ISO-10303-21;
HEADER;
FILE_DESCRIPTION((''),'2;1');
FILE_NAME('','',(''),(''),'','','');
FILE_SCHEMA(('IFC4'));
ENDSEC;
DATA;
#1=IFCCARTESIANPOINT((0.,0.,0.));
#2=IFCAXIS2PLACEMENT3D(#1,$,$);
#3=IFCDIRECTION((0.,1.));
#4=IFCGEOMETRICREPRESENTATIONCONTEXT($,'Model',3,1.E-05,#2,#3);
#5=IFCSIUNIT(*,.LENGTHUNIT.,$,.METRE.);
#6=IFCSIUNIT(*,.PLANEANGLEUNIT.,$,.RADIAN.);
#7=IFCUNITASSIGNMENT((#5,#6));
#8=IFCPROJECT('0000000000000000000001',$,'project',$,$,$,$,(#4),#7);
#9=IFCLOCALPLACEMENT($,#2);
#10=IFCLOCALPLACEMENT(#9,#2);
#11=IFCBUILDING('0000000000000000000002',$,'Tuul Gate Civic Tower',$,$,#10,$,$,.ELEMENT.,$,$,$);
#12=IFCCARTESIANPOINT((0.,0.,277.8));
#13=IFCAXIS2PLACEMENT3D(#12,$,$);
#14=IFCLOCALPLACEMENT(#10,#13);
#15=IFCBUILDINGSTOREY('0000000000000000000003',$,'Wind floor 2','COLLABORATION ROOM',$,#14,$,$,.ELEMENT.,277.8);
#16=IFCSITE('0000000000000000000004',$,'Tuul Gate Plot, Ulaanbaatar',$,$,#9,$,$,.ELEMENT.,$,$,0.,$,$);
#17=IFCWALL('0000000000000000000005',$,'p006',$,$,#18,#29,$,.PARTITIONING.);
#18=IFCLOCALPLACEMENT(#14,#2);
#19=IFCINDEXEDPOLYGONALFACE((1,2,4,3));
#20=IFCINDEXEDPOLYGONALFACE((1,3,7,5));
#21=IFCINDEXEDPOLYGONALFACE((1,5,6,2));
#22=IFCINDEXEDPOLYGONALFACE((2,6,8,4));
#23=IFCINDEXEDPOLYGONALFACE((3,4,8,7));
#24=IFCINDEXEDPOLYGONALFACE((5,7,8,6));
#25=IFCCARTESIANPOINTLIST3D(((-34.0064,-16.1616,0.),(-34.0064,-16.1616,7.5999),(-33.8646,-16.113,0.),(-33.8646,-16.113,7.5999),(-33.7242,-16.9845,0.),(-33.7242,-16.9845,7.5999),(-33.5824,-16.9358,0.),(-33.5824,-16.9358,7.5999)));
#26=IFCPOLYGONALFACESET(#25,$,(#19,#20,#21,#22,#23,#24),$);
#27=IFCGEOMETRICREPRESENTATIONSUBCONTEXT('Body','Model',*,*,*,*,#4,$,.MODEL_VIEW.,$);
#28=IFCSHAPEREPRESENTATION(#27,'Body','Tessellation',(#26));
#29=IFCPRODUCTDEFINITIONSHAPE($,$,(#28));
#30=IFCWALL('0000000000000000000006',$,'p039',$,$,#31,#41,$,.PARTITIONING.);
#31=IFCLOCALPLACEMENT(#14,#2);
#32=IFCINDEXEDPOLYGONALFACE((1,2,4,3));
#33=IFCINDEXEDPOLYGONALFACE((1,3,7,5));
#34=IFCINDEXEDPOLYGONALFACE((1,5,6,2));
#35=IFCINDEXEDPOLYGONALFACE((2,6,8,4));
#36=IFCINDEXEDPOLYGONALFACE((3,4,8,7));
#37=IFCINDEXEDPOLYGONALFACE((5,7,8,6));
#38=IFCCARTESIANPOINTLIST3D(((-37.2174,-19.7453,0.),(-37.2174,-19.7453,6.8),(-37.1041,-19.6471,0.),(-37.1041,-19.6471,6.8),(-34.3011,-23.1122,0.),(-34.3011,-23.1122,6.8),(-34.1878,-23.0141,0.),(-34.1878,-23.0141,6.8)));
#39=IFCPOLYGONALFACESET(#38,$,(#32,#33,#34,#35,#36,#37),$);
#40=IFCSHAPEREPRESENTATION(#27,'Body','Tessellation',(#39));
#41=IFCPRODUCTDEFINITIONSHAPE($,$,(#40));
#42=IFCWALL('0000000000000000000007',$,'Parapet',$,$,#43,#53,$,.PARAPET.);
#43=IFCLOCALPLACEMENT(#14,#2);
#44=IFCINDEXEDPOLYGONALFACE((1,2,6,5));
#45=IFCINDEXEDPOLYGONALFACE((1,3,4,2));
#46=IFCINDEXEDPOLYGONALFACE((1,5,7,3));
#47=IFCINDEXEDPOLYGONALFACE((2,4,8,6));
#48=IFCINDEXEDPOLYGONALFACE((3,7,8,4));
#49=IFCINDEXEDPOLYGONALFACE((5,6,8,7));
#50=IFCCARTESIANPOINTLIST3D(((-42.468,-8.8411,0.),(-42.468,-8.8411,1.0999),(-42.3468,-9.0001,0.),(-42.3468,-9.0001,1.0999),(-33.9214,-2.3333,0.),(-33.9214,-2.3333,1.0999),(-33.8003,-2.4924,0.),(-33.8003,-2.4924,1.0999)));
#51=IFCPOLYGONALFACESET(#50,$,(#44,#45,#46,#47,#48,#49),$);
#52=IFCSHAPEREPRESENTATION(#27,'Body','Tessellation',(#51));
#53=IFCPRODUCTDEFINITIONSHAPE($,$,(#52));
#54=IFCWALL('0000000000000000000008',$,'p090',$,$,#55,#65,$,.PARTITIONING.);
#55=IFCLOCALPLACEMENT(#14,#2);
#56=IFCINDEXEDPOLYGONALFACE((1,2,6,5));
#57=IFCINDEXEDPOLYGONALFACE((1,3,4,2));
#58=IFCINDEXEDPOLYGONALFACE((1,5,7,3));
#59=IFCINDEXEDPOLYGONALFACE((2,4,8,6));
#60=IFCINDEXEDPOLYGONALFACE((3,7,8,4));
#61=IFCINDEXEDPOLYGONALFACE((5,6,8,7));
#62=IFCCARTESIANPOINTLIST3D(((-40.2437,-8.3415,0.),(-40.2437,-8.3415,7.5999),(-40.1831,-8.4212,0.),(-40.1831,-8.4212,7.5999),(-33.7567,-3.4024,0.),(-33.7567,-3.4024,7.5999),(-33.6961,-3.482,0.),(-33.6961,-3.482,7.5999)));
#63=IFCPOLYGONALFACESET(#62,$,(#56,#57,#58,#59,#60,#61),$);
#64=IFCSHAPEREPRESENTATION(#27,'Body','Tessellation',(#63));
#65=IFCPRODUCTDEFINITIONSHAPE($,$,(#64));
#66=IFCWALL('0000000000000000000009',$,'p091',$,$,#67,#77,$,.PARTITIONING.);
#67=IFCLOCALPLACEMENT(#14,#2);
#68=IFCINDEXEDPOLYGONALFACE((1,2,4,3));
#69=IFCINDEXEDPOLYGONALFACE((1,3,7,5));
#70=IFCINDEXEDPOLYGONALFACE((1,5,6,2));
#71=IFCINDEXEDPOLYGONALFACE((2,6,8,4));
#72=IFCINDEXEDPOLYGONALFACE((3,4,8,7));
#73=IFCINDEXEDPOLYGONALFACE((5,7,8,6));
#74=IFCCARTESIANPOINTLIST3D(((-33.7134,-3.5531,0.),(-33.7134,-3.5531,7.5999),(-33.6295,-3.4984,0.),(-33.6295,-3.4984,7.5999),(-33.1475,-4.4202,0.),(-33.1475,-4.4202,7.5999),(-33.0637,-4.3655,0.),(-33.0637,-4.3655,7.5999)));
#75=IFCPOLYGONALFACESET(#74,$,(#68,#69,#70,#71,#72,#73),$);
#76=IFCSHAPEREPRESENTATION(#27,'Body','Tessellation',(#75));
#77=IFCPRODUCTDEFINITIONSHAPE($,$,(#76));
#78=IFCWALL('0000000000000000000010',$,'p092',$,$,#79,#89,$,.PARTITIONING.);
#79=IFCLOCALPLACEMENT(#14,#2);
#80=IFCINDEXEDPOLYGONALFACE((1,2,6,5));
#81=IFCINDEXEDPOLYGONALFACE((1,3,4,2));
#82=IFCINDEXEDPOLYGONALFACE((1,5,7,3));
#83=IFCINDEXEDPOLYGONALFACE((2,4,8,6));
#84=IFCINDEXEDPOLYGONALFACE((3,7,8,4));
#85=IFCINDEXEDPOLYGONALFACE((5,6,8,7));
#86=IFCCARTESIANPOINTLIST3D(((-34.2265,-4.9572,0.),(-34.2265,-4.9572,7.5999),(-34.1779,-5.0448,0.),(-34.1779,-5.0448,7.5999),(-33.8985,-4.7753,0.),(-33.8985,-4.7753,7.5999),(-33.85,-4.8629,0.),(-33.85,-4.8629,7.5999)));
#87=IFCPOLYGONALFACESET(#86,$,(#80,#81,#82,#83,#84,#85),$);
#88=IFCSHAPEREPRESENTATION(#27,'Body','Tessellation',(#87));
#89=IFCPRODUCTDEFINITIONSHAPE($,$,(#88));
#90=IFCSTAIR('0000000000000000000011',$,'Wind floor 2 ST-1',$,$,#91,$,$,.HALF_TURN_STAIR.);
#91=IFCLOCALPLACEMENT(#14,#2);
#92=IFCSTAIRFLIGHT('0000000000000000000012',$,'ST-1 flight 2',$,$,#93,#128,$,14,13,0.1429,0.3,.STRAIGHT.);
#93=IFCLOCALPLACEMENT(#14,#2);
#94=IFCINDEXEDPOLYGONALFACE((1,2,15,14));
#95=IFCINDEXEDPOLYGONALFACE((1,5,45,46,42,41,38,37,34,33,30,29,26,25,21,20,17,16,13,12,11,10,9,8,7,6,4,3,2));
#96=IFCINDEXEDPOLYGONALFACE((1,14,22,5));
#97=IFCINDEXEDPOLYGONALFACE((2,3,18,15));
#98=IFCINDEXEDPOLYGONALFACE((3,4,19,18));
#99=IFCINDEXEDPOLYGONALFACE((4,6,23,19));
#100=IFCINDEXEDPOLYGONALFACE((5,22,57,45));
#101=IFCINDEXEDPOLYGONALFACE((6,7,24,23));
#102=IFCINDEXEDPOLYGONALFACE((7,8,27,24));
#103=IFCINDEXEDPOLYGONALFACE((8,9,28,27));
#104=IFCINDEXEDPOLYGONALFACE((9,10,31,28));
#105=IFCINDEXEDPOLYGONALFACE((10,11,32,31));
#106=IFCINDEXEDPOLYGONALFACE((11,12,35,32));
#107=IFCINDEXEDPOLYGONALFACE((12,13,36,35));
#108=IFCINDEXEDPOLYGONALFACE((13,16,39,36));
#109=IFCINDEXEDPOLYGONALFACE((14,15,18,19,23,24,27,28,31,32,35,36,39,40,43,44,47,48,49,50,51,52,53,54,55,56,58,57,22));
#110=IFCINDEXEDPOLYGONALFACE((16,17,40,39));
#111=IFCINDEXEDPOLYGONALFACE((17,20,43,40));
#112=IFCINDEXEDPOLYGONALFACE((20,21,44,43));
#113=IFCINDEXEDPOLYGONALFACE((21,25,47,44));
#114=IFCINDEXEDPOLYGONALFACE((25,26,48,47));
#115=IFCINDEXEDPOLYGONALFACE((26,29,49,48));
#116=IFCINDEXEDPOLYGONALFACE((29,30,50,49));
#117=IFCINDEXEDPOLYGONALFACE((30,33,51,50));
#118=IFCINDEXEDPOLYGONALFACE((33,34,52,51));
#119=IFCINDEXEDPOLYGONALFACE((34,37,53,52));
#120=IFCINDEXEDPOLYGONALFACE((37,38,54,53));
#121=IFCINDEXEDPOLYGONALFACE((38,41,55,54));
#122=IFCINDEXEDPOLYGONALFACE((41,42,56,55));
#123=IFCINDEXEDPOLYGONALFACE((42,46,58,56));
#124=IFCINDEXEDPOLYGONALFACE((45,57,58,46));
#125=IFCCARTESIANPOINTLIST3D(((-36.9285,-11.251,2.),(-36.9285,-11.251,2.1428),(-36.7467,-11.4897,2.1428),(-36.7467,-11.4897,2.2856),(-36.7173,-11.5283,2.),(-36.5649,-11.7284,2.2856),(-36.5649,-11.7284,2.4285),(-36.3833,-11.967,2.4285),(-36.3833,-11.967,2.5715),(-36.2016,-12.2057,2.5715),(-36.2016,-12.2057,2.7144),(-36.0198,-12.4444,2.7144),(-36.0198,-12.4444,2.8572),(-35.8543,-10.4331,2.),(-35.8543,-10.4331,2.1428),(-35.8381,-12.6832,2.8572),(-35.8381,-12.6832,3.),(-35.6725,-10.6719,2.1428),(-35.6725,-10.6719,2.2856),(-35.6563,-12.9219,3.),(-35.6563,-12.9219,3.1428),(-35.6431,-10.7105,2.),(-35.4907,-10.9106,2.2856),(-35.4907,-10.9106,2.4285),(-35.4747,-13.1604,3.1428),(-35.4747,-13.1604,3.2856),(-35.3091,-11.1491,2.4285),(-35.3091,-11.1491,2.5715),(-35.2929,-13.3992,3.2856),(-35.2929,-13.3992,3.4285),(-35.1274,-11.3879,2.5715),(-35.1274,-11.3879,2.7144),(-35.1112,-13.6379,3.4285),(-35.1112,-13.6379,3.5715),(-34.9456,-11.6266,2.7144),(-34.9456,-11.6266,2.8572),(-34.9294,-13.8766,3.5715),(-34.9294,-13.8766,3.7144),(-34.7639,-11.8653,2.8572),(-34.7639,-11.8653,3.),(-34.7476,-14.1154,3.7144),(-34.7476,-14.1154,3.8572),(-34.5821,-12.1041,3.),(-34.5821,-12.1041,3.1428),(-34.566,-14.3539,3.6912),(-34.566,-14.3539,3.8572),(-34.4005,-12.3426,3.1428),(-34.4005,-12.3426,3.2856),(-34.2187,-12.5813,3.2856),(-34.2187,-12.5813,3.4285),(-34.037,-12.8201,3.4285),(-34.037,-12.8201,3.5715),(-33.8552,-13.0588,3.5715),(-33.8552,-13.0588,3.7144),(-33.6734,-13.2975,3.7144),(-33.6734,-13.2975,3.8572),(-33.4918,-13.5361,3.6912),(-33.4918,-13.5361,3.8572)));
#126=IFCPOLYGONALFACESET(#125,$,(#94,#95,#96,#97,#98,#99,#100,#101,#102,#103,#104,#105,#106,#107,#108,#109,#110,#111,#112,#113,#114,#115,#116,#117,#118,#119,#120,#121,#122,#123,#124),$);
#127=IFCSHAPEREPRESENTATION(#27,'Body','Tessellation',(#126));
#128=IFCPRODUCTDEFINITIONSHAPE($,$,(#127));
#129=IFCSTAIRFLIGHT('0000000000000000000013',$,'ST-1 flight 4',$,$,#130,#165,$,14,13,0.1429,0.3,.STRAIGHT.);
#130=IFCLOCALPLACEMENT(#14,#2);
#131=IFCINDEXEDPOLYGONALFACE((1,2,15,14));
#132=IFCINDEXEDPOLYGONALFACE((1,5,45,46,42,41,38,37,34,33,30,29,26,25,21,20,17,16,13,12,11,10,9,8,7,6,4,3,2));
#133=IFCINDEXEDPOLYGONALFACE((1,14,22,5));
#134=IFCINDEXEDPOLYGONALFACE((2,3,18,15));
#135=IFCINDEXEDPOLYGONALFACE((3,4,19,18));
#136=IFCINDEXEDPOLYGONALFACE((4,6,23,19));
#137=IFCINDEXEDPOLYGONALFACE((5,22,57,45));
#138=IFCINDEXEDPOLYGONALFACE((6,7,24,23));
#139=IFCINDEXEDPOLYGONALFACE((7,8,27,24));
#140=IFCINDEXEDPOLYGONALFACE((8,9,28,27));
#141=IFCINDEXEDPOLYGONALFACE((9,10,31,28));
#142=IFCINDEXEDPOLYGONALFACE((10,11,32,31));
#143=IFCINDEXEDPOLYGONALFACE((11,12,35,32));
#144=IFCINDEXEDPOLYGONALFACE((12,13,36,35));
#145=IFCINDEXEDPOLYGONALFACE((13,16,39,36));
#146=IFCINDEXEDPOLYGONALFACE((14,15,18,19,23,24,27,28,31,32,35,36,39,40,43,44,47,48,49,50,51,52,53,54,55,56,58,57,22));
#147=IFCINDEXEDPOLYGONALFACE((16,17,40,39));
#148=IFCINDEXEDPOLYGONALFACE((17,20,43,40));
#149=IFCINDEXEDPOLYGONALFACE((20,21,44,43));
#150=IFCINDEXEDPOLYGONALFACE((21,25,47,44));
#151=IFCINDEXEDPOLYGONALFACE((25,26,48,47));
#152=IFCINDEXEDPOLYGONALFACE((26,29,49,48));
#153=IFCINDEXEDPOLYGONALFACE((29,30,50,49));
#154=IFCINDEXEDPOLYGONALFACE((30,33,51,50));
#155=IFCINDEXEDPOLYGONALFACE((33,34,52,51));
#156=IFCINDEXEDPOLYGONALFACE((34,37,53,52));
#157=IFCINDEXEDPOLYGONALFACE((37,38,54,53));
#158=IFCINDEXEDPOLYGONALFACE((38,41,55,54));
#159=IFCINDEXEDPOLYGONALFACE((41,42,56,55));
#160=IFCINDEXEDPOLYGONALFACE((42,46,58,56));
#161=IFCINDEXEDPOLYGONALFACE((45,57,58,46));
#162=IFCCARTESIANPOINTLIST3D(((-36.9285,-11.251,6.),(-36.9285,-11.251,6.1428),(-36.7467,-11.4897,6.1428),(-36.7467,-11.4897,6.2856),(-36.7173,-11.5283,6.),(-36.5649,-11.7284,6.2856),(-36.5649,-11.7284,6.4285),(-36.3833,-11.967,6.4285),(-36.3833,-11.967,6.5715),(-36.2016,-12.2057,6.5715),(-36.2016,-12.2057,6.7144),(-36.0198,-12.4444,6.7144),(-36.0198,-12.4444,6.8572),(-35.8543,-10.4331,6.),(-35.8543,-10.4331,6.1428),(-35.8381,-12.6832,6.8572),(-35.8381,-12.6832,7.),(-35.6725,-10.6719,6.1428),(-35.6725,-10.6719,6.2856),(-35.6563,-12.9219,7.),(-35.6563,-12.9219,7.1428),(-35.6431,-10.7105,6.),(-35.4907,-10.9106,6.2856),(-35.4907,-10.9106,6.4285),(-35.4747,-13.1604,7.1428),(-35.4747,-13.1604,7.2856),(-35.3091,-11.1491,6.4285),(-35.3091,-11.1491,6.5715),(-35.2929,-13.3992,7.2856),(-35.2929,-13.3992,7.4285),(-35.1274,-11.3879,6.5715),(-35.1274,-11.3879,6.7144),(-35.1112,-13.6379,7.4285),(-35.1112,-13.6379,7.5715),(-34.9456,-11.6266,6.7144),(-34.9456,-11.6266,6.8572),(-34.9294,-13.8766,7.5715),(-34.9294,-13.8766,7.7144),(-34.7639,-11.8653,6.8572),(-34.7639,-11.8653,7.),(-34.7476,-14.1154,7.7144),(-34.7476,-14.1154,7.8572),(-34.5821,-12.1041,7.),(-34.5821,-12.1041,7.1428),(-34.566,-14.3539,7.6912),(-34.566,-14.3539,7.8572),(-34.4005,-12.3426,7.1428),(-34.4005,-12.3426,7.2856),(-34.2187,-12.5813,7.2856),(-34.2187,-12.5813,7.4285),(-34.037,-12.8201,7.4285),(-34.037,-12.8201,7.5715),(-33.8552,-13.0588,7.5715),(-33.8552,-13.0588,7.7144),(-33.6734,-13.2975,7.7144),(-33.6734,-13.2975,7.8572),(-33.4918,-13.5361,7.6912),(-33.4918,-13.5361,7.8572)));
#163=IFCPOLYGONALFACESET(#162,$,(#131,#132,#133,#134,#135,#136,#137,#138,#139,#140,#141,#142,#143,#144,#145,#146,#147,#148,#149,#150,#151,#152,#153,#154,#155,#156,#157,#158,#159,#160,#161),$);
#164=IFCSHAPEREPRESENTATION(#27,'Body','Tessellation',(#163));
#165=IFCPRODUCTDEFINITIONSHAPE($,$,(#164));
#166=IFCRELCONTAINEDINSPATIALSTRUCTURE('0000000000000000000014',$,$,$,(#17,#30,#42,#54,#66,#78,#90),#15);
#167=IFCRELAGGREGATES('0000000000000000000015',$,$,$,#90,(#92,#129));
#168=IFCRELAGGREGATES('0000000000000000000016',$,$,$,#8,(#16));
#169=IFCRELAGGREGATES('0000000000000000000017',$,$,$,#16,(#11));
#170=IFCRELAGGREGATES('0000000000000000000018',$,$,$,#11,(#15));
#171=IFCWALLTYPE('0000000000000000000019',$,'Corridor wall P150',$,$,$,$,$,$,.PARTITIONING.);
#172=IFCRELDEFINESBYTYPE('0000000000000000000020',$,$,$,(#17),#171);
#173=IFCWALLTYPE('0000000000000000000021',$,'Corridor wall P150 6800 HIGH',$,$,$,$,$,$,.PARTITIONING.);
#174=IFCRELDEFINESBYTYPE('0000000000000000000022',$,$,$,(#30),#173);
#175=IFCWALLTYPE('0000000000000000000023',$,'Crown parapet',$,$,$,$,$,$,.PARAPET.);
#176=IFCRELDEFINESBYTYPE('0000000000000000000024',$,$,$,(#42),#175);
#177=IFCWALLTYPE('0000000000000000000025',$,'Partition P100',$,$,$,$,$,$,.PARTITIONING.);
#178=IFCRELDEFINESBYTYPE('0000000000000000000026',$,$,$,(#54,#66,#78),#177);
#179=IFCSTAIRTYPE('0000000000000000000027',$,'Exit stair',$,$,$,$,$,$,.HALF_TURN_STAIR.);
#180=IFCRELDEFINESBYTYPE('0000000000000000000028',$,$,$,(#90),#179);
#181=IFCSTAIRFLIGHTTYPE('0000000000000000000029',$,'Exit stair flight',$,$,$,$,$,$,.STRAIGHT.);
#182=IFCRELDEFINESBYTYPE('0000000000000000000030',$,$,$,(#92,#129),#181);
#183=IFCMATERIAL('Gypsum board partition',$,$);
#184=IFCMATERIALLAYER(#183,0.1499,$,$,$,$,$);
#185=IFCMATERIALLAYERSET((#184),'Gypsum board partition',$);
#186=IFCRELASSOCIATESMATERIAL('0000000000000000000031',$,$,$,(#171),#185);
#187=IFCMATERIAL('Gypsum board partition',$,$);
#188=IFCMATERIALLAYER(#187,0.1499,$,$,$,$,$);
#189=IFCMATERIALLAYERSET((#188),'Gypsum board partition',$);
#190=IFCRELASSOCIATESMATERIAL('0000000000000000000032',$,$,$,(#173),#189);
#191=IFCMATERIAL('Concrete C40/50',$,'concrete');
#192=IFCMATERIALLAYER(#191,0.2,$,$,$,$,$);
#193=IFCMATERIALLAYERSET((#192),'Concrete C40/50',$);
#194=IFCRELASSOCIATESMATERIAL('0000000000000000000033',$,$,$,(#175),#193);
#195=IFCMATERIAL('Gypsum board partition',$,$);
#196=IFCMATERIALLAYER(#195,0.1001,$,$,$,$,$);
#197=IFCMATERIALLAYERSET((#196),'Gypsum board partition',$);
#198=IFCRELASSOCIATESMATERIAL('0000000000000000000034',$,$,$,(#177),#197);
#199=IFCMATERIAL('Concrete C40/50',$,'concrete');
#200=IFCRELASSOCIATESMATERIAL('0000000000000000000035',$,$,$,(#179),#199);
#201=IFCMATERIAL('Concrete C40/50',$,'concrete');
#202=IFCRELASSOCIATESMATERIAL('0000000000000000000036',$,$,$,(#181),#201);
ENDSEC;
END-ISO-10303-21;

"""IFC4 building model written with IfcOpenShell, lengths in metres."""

from ifc_helpers import new_model, si_unit, direction, frame, frame_2d, origin, place, context, subcontext, project, spatial, polyline, rectangle, outline, extrude, material, layer, layer_set, type_object, element, aggregate, save


model = new_model("IFC4")

# Units and contexts
model_context = context("Model", 3, precision=1e-05, world=origin(), true_north=direction((0.0, 1.0)))
body_context = subcontext(model_context, "Body", "Model", "MODEL_VIEW")
ifc_project = project(units=[si_unit("LENGTHUNIT", "METRE"), si_unit("PLANEANGLEUNIT", "RADIAN")], contexts=[model_context])

# Site, building, storey
site_placement = place(None, origin())
site = spatial("IfcSite", under=ifc_project, at=site_placement, Name="Tuul Gate Plot, Ulaanbaatar", CompositionType="ELEMENT", RefElevation=0.0)
building_placement = place(site_placement, origin())
building = spatial("IfcBuilding", under=site, at=building_placement, Name="Tuul Gate Civic Tower", CompositionType="ELEMENT")
storey_placement = place(building_placement, frame((0.0, 0.0, 277.8)))
storey = spatial("IfcBuildingStorey", under=building, at=storey_placement, Name="Wind floor 2", Description="COLLABORATION ROOM", CompositionType="ELEMENT", Elevation=277.8)

# Walls
ifc_material_1 = material(Name="Gypsum board partition")
ifc_layer_1 = layer(ifc_material_1, 0.1499)
ifc_layer_set_1 = layer_set([ifc_layer_1], Name="Gypsum board partition")
wall_type_1 = type_object("IfcWallType", Name="Corridor wall P150", PredefinedType="PARTITIONING", material=ifc_layer_set_1)
wall_1_placement = place(storey_placement, frame((-33.9355, -16.1372, 0.0), z_axis=(0.0, 0.0, 1.0), x_axis=(0.324468, -0.945897, 0.0)))
element("IfcWall", 1, at=wall_1_placement, inside=storey, type_object=wall_type_1, Name="p006", PredefinedType="PARTITIONING", context=body_context, shape_type="SweptSolid", body=[
    extrude(rectangle(XDim=0.8699, YDim=0.1499, at=frame_2d((0.4351, 0.0))), origin(), (0.0, 0.0, 1.0), 7.5999),
])
ifc_material_2 = material(Name="Gypsum board partition")
ifc_layer_2 = layer(ifc_material_2, 0.1499)
ifc_layer_set_2 = layer_set([ifc_layer_2], Name="Gypsum board partition")
wall_type_2 = type_object("IfcWallType", Name="Corridor wall P150 6800 HIGH", PredefinedType="PARTITIONING", material=ifc_layer_set_2)
wall_2_placement = place(storey_placement, frame((-37.1606, -19.6963, 0.0), z_axis=(0.0, 0.0, 1.0), x_axis=(0.654705, -0.755884, 0.0)))
element("IfcWall", 2, at=wall_2_placement, inside=storey, type_object=wall_type_2, Name="p039", PredefinedType="PARTITIONING", context=body_context, shape_type="SweptSolid", body=[
    extrude(rectangle(XDim=4.4543, YDim=0.1499, at=frame_2d((2.2271, 0.0))), origin(), (0.0, 0.0, 1.0), 6.8),
])
ifc_material_3 = material(Name="Concrete C40/50", Category="concrete")
ifc_layer_3 = layer(ifc_material_3, 0.2)
ifc_layer_set_3 = layer_set([ifc_layer_3], Name="Concrete C40/50")
wall_type_3 = type_object("IfcWallType", Name="Crown parapet", PredefinedType="PARAPET", material=ifc_layer_set_3)
wall_3_placement = place(storey_placement, frame((-33.8608, -2.4128, 0.0), z_axis=(0.0, 0.0, 1.0), x_axis=(-0.795607, -0.605813, 0.0)))
element("IfcWall", 3, at=wall_3_placement, inside=storey, type_object=wall_type_3, Name="Parapet", PredefinedType="PARAPET", context=body_context, shape_type="SweptSolid", body=[
    extrude(rectangle(XDim=10.7422, YDim=0.2, at=frame_2d((5.3711, 0.0))), origin(), (0.0, 0.0, 1.0), 1.0999),
])
ifc_material_4 = material(Name="Gypsum board partition")
ifc_layer_4 = layer(ifc_material_4, 0.1001)
ifc_layer_set_4 = layer_set([ifc_layer_4], Name="Gypsum board partition")
wall_type_4 = type_object("IfcWallType", Name="Partition P100", PredefinedType="PARTITIONING", material=ifc_layer_set_4)
wall_4_placement = place(storey_placement, frame((-40.2134, -8.3813, 0.0), z_axis=(0.0, 0.0, 1.0), x_axis=(0.795628, 0.605786, 0.0)))
element("IfcWall", 4, at=wall_4_placement, inside=storey, type_object=wall_type_4, Name="p090", PredefinedType="PARTITIONING", context=body_context, shape_type="SweptSolid", body=[
    extrude(rectangle(XDim=8.1533, YDim=0.1001, at=frame_2d((4.0767, 0.0))), origin(), (0.0, 0.0, 1.0), 7.5999),
])
wall_5_placement = place(storey_placement, frame((-33.6714, -3.5259, 0.0), z_axis=(0.0, 0.0, 1.0), x_axis=(0.546512, -0.837451, 0.0)))
element("IfcWall", 5, at=wall_5_placement, inside=storey, type_object=wall_type_4, Name="p091", PredefinedType="PARTITIONING", context=body_context, shape_type="SweptSolid", body=[
    extrude(rectangle(XDim=1.0354, YDim=0.1001, at=frame_2d((0.5176, 0.0))), origin(), (0.0, 0.0, 1.0), 7.5999),
])
wall_6_placement = place(storey_placement, frame((-33.8743, -4.8191, 0.0), z_axis=(0.0, 0.0, 1.0), x_axis=(-0.874464, -0.48509, 0.0)))
element("IfcWall", 6, at=wall_6_placement, inside=storey, type_object=wall_type_4, Name="p092", PredefinedType="PARTITIONING", context=body_context, shape_type="SweptSolid", body=[
    extrude(rectangle(XDim=0.375, YDim=0.1001, at=frame_2d((0.1875, 0.0))), origin(), (0.0, 0.0, 1.0), 7.5999),
])

# Stair, stair flights
ifc_material_5 = material(Name="Concrete C40/50", Category="concrete")
stair_type = type_object("IfcStairType", Name="Exit stair", PredefinedType="HALF_TURN_STAIR", material=ifc_material_5)
stair_placement = place(storey_placement, origin())
stair = element("IfcStair", 7, at=stair_placement, inside=storey, type_object=stair_type, Name="Wind floor 2 ST-1", PredefinedType="HALF_TURN_STAIR")
ifc_material_6 = material(Name="Concrete C40/50", Category="concrete")
stair_flight_type = type_object("IfcStairFlightType", Name="Exit stair flight", PredefinedType="STRAIGHT", material=ifc_material_6)
stair_flight_1_placement = place(storey_placement, frame((-36.3914, -10.842, 2.0), z_axis=(0.0, 0.0, 1.0), x_axis=(0.605764, -0.795644, 0.0)))
stair_flight_1 = element("IfcStairFlight", 8, at=stair_flight_1_placement, type_object=stair_flight_type, Name="ST-1 flight 2", NumberOfRisers=14, NumberOfTreads=13, PredefinedType="STRAIGHT", RiserHeight=0.1429, TreadLength=0.3, context=body_context, shape_type="SweptSolid", body=[
    extrude(outline(polyline([(0.0, 0.0), (0.0, 0.1428), (0.3, 0.1428), (0.3, 0.2856), (0.6001, 0.2856), (0.6001, 0.4285), (0.8999, 0.4285), (0.8999, 0.5715), (1.2, 0.5715), (1.2, 0.7144), (1.5, 0.7144), (1.5, 0.8572), (1.8, 0.8572), (1.8, 1.0), (2.1001, 1.0), (2.1001, 1.1428), (2.3999, 1.1428), (2.3999, 1.2856), (2.7, 1.2856), (2.7, 1.4285), (3.0, 1.4285), (3.0, 1.5715), (3.3, 1.5715), (3.3, 1.7144), (3.6001, 1.7144), (3.6001, 1.8572), (3.8999, 1.8572), (3.8999, 2.0), (3.8999, 1.6912), (0.3486, 0.0), (0.0, 0.0)])), frame((0.0, 0.675, 0.0), z_axis=(0.0, -1.0, 0.0), x_axis=(1.0, 0.0, 0.0)), (0.0, 0.0, 1.0), 1.3501),
])
stair_flight_2_placement = place(storey_placement, frame((-36.3914, -10.842, 6.0), z_axis=(0.0, 0.0, 1.0), x_axis=(0.605764, -0.795644, 0.0)))
stair_flight_2 = element("IfcStairFlight", 9, at=stair_flight_2_placement, type_object=stair_flight_type, Name="ST-1 flight 4", NumberOfRisers=14, NumberOfTreads=13, PredefinedType="STRAIGHT", RiserHeight=0.1429, TreadLength=0.3, context=body_context, shape_type="SweptSolid", body=[
    extrude(outline(polyline([(0.0, 0.0), (0.0, 0.1428), (0.3, 0.1428), (0.3, 0.2856), (0.6001, 0.2856), (0.6001, 0.4285), (0.8999, 0.4285), (0.8999, 0.5715), (1.2, 0.5715), (1.2, 0.7144), (1.5, 0.7144), (1.5, 0.8572), (1.8, 0.8572), (1.8, 1.0), (2.1001, 1.0), (2.1001, 1.1428), (2.3999, 1.1428), (2.3999, 1.2856), (2.7, 1.2856), (2.7, 1.4285), (3.0, 1.4285), (3.0, 1.5715), (3.3, 1.5715), (3.3, 1.7144), (3.6001, 1.7144), (3.6001, 1.8572), (3.8999, 1.8572), (3.8999, 2.0), (3.8999, 1.6912), (0.3486, 0.0), (0.0, 0.0)])), frame((0.0, 0.675, 0.0), z_axis=(0.0, -1.0, 0.0), x_axis=(1.0, 0.0, 0.0)), (0.0, 0.0, 1.0), 1.3501),
])
aggregate(stair, [stair_flight_1, stair_flight_2])

save(model, "model.ifc")
